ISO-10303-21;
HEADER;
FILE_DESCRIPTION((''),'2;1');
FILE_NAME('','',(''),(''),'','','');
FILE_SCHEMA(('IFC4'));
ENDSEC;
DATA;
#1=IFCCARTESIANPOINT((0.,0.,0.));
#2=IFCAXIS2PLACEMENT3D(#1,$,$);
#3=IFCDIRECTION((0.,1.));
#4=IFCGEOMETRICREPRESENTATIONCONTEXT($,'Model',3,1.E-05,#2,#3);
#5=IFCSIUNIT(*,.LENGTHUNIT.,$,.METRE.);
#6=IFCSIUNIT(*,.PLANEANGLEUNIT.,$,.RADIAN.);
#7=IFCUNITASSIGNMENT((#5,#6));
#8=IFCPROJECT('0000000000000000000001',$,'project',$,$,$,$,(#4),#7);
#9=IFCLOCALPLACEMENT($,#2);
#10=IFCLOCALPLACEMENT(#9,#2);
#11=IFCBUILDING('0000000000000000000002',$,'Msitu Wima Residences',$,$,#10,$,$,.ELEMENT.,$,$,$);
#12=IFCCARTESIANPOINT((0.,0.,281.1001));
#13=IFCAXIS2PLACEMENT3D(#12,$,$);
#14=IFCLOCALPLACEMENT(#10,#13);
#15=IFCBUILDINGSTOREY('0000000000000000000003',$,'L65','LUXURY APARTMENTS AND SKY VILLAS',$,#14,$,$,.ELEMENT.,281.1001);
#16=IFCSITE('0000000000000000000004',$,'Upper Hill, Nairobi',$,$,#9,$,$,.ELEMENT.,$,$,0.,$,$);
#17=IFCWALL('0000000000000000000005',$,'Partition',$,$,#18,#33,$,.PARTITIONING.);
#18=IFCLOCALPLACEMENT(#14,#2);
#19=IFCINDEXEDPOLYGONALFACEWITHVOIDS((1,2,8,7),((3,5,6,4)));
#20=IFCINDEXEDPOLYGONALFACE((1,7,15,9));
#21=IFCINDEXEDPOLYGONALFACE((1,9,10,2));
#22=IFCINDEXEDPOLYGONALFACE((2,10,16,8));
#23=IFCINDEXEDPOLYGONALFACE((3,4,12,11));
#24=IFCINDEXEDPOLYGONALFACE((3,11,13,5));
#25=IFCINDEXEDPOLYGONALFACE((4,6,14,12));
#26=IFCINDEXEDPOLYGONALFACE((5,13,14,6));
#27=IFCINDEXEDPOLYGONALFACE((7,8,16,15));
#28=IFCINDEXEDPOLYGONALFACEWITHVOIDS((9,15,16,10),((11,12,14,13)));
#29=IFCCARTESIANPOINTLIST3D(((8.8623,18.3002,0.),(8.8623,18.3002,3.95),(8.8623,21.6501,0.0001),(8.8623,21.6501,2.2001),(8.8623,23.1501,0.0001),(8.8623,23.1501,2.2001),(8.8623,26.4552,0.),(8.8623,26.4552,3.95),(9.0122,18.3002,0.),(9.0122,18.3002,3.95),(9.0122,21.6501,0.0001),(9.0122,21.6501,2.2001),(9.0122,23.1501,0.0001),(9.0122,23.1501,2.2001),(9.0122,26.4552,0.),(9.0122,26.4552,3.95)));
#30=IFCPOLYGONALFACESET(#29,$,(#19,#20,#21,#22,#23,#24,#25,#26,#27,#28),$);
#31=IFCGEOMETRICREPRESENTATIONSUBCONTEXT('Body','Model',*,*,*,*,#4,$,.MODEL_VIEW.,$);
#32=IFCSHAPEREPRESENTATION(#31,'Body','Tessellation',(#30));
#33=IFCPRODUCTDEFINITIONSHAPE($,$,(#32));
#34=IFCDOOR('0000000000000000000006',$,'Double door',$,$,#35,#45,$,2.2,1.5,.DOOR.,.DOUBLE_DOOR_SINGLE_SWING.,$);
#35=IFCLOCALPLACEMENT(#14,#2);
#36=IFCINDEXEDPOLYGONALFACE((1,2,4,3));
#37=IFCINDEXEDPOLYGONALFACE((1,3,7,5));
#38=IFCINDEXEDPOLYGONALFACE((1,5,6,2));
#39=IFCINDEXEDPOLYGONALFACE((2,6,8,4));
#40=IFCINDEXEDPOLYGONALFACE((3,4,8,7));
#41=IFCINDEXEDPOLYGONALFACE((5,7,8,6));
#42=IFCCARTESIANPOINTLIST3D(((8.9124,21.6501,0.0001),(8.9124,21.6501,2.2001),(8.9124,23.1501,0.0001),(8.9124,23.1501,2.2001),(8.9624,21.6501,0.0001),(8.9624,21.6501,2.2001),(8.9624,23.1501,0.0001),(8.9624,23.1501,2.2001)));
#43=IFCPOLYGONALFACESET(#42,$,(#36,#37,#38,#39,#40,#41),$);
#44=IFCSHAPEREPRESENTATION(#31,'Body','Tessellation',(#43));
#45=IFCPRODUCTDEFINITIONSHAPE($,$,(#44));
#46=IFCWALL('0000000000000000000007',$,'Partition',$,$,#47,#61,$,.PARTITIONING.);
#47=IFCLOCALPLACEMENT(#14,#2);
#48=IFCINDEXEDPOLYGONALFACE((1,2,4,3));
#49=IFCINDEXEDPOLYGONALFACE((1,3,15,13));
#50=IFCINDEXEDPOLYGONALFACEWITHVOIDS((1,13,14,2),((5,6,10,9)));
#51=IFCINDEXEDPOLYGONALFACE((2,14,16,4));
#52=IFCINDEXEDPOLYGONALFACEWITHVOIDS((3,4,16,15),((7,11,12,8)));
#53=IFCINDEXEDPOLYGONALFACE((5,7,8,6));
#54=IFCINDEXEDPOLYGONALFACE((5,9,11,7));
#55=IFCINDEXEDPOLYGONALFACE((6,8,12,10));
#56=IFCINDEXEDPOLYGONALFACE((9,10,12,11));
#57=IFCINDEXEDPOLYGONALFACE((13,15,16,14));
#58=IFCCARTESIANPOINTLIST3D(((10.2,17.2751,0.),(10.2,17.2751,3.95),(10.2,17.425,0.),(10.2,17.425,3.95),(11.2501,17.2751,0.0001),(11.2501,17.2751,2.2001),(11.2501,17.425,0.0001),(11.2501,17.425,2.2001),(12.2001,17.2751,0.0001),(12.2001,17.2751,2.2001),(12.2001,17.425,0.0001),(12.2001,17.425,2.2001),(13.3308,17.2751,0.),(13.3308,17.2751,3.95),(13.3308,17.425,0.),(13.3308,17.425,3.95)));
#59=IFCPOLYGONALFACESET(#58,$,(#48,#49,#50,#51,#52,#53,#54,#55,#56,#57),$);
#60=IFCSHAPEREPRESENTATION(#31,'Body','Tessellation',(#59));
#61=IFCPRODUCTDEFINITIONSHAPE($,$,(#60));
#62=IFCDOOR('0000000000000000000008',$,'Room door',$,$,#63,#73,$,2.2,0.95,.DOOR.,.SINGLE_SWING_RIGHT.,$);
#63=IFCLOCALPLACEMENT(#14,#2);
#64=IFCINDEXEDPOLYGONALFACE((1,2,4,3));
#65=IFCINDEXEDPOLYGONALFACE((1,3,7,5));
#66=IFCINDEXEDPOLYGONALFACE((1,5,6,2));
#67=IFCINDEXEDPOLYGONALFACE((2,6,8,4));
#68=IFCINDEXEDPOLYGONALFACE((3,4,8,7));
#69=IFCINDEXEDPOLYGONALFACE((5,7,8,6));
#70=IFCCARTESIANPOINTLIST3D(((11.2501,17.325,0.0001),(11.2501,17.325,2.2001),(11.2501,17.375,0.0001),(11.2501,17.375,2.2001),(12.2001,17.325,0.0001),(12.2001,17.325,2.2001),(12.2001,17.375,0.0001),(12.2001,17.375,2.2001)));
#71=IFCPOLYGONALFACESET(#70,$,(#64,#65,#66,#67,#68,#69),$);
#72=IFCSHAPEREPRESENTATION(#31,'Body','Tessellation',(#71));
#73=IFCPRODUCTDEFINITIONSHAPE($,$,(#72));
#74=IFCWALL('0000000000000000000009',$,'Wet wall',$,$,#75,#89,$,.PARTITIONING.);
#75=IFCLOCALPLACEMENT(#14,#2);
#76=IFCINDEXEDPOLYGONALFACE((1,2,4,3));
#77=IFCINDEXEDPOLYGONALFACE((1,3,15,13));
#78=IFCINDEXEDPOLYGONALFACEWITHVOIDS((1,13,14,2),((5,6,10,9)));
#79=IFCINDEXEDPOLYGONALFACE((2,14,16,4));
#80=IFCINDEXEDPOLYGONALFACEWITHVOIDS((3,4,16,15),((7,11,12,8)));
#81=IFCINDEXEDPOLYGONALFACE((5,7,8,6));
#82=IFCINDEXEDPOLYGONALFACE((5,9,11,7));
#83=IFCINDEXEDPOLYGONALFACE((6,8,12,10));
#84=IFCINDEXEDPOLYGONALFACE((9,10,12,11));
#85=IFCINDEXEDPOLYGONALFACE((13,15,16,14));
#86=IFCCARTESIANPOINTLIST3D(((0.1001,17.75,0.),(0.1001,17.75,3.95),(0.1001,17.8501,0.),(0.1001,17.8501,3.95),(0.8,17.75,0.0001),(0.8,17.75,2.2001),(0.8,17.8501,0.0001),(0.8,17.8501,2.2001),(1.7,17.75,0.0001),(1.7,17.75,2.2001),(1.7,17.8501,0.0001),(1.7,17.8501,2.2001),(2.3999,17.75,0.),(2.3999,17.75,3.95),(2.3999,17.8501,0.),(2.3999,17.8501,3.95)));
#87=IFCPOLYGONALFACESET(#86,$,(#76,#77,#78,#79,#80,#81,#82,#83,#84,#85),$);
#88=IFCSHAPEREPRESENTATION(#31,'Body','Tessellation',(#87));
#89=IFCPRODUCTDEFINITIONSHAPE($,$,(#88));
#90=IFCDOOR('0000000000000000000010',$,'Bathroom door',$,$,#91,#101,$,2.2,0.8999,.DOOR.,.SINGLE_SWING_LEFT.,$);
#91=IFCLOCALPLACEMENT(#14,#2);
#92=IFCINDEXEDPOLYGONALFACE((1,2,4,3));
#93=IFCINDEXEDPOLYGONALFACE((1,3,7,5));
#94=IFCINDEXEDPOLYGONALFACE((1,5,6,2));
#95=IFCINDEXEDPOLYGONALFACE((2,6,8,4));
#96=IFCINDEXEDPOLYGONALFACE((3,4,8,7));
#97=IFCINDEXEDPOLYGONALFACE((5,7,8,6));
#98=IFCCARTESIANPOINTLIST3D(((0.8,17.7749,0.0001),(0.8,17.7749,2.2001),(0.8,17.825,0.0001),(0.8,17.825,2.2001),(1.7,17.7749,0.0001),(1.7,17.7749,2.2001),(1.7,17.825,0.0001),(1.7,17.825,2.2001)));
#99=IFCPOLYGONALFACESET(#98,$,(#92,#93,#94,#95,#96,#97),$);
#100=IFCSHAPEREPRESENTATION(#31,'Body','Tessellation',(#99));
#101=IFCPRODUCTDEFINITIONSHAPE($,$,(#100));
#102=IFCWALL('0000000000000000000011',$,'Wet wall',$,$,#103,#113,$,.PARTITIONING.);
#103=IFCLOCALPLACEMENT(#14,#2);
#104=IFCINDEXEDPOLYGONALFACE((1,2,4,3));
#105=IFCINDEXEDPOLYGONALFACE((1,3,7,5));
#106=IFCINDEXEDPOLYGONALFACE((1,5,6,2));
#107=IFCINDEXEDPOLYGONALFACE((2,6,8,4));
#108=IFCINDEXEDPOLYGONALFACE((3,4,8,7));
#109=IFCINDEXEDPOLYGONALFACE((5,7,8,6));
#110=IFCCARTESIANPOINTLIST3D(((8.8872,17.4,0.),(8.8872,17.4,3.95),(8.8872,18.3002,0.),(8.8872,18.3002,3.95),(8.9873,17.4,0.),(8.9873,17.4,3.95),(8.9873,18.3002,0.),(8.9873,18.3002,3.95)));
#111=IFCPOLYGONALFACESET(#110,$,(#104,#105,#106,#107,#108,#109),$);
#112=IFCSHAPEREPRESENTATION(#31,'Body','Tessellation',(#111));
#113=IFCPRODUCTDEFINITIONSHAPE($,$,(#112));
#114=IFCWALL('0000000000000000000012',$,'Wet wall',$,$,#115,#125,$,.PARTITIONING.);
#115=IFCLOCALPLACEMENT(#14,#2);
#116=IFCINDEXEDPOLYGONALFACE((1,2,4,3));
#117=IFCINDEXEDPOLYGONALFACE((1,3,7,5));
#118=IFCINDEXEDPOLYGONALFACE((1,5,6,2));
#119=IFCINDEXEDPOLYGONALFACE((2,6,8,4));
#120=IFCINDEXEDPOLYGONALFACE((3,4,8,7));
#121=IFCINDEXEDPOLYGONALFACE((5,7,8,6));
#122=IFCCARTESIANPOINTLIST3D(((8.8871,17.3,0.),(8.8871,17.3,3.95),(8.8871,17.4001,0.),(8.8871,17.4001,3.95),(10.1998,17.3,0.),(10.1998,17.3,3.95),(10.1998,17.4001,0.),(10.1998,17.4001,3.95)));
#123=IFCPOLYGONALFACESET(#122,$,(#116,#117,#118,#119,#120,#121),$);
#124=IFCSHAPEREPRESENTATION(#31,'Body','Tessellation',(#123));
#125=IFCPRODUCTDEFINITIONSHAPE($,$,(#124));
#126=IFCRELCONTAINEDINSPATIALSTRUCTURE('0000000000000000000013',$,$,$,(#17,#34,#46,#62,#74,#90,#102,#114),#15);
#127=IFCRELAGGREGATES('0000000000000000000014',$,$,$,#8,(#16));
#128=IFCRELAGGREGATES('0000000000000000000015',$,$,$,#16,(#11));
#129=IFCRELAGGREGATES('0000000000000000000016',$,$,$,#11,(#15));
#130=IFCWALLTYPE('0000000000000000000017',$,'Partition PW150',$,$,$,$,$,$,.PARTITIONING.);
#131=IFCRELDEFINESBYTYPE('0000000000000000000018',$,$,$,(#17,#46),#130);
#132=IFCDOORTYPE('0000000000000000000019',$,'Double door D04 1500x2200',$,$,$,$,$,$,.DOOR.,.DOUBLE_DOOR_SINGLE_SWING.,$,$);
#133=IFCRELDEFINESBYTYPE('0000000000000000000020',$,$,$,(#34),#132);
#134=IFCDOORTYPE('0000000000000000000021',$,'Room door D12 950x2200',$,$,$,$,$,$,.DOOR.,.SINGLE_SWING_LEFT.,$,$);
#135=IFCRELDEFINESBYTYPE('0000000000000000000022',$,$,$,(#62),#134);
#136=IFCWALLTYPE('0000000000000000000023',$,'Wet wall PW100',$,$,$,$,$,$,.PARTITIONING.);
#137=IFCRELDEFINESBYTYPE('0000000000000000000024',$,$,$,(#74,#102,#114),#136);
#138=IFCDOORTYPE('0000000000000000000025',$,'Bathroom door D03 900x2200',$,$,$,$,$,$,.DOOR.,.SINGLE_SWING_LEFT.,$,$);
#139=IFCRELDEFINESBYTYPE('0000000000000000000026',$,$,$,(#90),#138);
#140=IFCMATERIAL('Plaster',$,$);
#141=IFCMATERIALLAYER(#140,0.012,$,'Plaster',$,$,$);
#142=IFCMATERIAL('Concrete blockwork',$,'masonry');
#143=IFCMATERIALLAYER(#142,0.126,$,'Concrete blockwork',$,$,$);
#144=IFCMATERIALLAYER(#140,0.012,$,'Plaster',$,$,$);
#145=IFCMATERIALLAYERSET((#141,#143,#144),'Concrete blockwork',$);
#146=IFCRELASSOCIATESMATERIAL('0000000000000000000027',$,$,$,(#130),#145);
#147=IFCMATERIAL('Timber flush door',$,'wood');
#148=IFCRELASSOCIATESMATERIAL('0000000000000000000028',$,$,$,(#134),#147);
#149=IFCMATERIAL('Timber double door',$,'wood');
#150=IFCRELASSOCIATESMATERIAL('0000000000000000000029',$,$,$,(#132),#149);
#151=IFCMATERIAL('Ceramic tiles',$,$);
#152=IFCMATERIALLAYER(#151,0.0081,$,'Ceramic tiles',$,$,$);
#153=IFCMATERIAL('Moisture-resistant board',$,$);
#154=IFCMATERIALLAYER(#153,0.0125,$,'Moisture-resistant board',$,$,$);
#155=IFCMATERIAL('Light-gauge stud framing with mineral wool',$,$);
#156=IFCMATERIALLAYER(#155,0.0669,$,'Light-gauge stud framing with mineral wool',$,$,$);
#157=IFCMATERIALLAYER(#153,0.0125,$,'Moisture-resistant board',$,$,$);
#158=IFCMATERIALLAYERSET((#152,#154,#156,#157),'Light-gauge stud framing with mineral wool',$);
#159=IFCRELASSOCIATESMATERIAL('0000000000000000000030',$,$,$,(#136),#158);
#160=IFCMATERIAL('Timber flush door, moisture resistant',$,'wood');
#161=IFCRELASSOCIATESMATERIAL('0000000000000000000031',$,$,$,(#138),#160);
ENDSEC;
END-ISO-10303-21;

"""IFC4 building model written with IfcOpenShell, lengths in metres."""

from ifc_helpers import new_model, si_unit, direction, frame, frame_2d, origin, place, context, subcontext, project, spatial, rectangle, extrude, material, layer, layer_set, type_object, element, fill, save


model = new_model("IFC4")

# Units and contexts
model_context = context("Model", 3, precision=1e-05, world=origin(), true_north=direction((0.0, 1.0)))
body_context = subcontext(model_context, "Body", "Model", "MODEL_VIEW")
ifc_project = project(units=[si_unit("LENGTHUNIT", "METRE"), si_unit("PLANEANGLEUNIT", "RADIAN")], contexts=[model_context])

# Site, building, storey
site_placement = place(None, origin())
site = spatial("IfcSite", under=ifc_project, at=site_placement, Name="Upper Hill, Nairobi", CompositionType="ELEMENT", RefElevation=0.0)
building_placement = place(site_placement, origin())
building = spatial("IfcBuilding", under=site, at=building_placement, Name="Msitu Wima Residences", CompositionType="ELEMENT")
storey_placement = place(building_placement, frame((0.0, 0.0, 281.1001)))
storey = spatial("IfcBuildingStorey", under=building, at=storey_placement, Name="L65", Description="LUXURY APARTMENTS AND SKY VILLAS", CompositionType="ELEMENT", Elevation=281.1001)

# Walls, openings, doors
ifc_material_1 = material(Name="Plaster")
ifc_layer_1 = layer(ifc_material_1, 0.012, Name="Plaster")
ifc_material_2 = material(Name="Concrete blockwork", Category="masonry")
ifc_layer_2 = layer(ifc_material_2, 0.126, Name="Concrete blockwork")
ifc_layer_3 = layer(ifc_material_1, 0.012, Name="Plaster")
ifc_layer_set_1 = layer_set([ifc_layer_1, ifc_layer_2, ifc_layer_3], Name="Concrete blockwork")
wall_type_1 = type_object("IfcWallType", Name="Partition PW150", PredefinedType="PARTITIONING", material=ifc_layer_set_1)
ifc_material_3 = material(Name="Timber flush door", Category="wood")
door_type_1 = type_object("IfcDoorType", Name="Room door D12 950x2200", OperationType="SINGLE_SWING_LEFT", PredefinedType="DOOR", material=ifc_material_3)
wall_1_placement = place(storey_placement, frame((8.9373, 18.3, 0.0), z_axis=(0.0, 0.0, 1.0), x_axis=(0.0, 1.0, 0.0)))
wall_1 = element("IfcWall", 1, at=wall_1_placement, inside=storey, type_object=wall_type_1, Name="Partition", PredefinedType="PARTITIONING", context=body_context, shape_type="SweptSolid", body=[
    extrude(rectangle(XDim=8.155, YDim=0.1499, at=frame_2d((4.0776, 0.0))), origin(), (0.0, 0.0, 1.0), 3.95),
])
opening_1_placement = place(wall_1_placement, frame((3.3501, 0.0, 0.0)))
opening_1 = element("IfcOpeningElement", 2, at=opening_1_placement, cuts=wall_1, PredefinedType="OPENING", context=body_context, shape_type="SweptSolid", body=[
    extrude(rectangle(XDim=1.5, YDim=2.2, at=frame_2d((0.75, 1.1001))), frame((0.0, 0.085, 0.0), z_axis=(0.0, -1.0, 0.0), x_axis=(1.0, 0.0, 0.0)), (0.0, 0.0, 1.0), 0.1699),
])
ifc_material_4 = material(Name="Timber double door", Category="wood")
door_type_2 = type_object("IfcDoorType", Name="Double door D04 1500x2200", OperationType="DOUBLE_DOOR_SINGLE_SWING", PredefinedType="DOOR", material=ifc_material_4)
door_1_placement = place(opening_1_placement, origin())
door_1 = element("IfcDoor", 3, at=door_1_placement, inside=storey, type_object=door_type_2, Name="Double door", OperationType="DOUBLE_DOOR_SINGLE_SWING", OverallHeight=2.2, OverallWidth=1.5, PredefinedType="DOOR", context=body_context, shape_type="SweptSolid", body=[
    extrude(rectangle(XDim=1.5, YDim=2.2, at=frame_2d((0.75, 1.1001))), frame((0.0, 0.0249, 0.0), z_axis=(0.0, -1.0, 0.0), x_axis=(1.0, 0.0, 0.0)), (0.0, 0.0, 1.0), 0.05),
])
fill(opening_1, door_1)
wall_2_placement = place(storey_placement, frame((10.2, 17.3501, 0.0), z_axis=(0.0, 0.0, 1.0), x_axis=(1.0, 0.0, 0.0)))
wall_2 = element("IfcWall", 4, at=wall_2_placement, inside=storey, type_object=wall_type_1, Name="Partition", PredefinedType="PARTITIONING", context=body_context, shape_type="SweptSolid", body=[
    extrude(rectangle(XDim=3.1309, YDim=0.1499, at=frame_2d((1.5654, 0.0))), origin(), (0.0, 0.0, 1.0), 3.95),
])
opening_2_placement = place(wall_2_placement, frame((1.05, 0.0, 0.0)))
opening_2 = element("IfcOpeningElement", 5, at=opening_2_placement, cuts=wall_2, PredefinedType="OPENING", context=body_context, shape_type="SweptSolid", body=[
    extrude(rectangle(XDim=0.95, YDim=2.2, at=frame_2d((0.4751, 1.1001))), frame((0.0, 0.085, 0.0), z_axis=(0.0, -1.0, 0.0), x_axis=(1.0, 0.0, 0.0)), (0.0, 0.0, 1.0), 0.1699),
])
door_2_placement = place(opening_2_placement, origin())
door_2 = element("IfcDoor", 6, at=door_2_placement, inside=storey, type_object=door_type_1, Name="Room door", OperationType="SINGLE_SWING_RIGHT", OverallHeight=2.2, OverallWidth=0.95, PredefinedType="DOOR", context=body_context, shape_type="SweptSolid", body=[
    extrude(rectangle(XDim=0.95, YDim=2.2, at=frame_2d((0.4751, 1.1001))), frame((0.0, 0.0249, 0.0), z_axis=(0.0, -1.0, 0.0), x_axis=(1.0, 0.0, 0.0)), (0.0, 0.0, 1.0), 0.05),
])
fill(opening_2, door_2)
ifc_material_5 = material(Name="Ceramic tiles")
ifc_layer_4 = layer(ifc_material_5, 0.0081, Name="Ceramic tiles")
ifc_material_6 = material(Name="Moisture-resistant board")
ifc_layer_5 = layer(ifc_material_6, 0.0125, Name="Moisture-resistant board")
ifc_material_7 = material(Name="Light-gauge stud framing with mineral wool")
ifc_layer_6 = layer(ifc_material_7, 0.0669, Name="Light-gauge stud framing with mineral wool")
ifc_layer_7 = layer(ifc_material_6, 0.0125, Name="Moisture-resistant board")
ifc_layer_set_2 = layer_set([ifc_layer_4, ifc_layer_5, ifc_layer_6, ifc_layer_7], Name="Light-gauge stud framing with mineral wool")
wall_type_2 = type_object("IfcWallType", Name="Wet wall PW100", PredefinedType="PARTITIONING", material=ifc_layer_set_2)
wall_3_placement = place(storey_placement, frame((0.1001, 17.8, 0.0), z_axis=(0.0, 0.0, 1.0), x_axis=(1.0, 0.0, 0.0)))
wall_3 = element("IfcWall", 7, at=wall_3_placement, inside=storey, type_object=wall_type_2, Name="Wet wall", PredefinedType="PARTITIONING", context=body_context, shape_type="SweptSolid", body=[
    extrude(rectangle(XDim=2.2998, YDim=0.1001, at=frame_2d((1.1499, 0.0))), origin(), (0.0, 0.0, 1.0), 3.95),
])
opening_3_placement = place(wall_3_placement, frame((0.7, 0.0, 0.0)))
opening_3 = element("IfcOpeningElement", 8, at=opening_3_placement, cuts=wall_3, PredefinedType="OPENING", context=body_context, shape_type="SweptSolid", body=[
    extrude(rectangle(XDim=0.8999, YDim=2.2, at=frame_2d((0.45, 1.1001))), frame((0.0, 0.0601, 0.0), z_axis=(0.0, -1.0, 0.0), x_axis=(1.0, 0.0, 0.0)), (0.0, 0.0, 1.0), 0.1201),
])
ifc_material_8 = material(Name="Timber flush door, moisture resistant", Category="wood")
door_type_3 = type_object("IfcDoorType", Name="Bathroom door D03 900x2200", OperationType="SINGLE_SWING_LEFT", PredefinedType="DOOR", material=ifc_material_8)
door_3_placement = place(opening_3_placement, origin())
door_3 = element("IfcDoor", 9, at=door_3_placement, inside=storey, type_object=door_type_3, Name="Bathroom door", OperationType="SINGLE_SWING_LEFT", OverallHeight=2.2, OverallWidth=0.8999, PredefinedType="DOOR", context=body_context, shape_type="SweptSolid", body=[
    extrude(rectangle(XDim=0.8999, YDim=2.2, at=frame_2d((0.45, 1.1001))), frame((0.0, 0.0249, 0.0), z_axis=(0.0, -1.0, 0.0), x_axis=(1.0, 0.0, 0.0)), (0.0, 0.0, 1.0), 0.05),
])
fill(opening_3, door_3)

# Walls
wall_4_placement = place(storey_placement, frame((8.9373, 17.3999, 0.0), z_axis=(0.0, 0.0, 1.0), x_axis=(0.0, 1.0, 0.0)))
element("IfcWall", 10, at=wall_4_placement, inside=storey, type_object=wall_type_2, Name="Wet wall", PredefinedType="PARTITIONING", context=body_context, shape_type="SweptSolid", body=[
    extrude(rectangle(XDim=0.9001, YDim=0.1001, at=frame_2d((0.4502, 0.0))), origin(), (0.0, 0.0, 1.0), 3.95),
])
wall_5_placement = place(storey_placement, frame((8.8872, 17.3501, 0.0), z_axis=(0.0, 0.0, 1.0), x_axis=(1.0, 0.0, 0.0)))
element("IfcWall", 11, at=wall_5_placement, inside=storey, type_object=wall_type_2, Name="Wet wall", PredefinedType="PARTITIONING", context=body_context, shape_type="SweptSolid", body=[
    extrude(rectangle(XDim=1.3127, YDim=0.1001, at=frame_2d((0.6562, 0.0))), origin(), (0.0, 0.0, 1.0), 3.95),
])

save(model, "model.ifc")
